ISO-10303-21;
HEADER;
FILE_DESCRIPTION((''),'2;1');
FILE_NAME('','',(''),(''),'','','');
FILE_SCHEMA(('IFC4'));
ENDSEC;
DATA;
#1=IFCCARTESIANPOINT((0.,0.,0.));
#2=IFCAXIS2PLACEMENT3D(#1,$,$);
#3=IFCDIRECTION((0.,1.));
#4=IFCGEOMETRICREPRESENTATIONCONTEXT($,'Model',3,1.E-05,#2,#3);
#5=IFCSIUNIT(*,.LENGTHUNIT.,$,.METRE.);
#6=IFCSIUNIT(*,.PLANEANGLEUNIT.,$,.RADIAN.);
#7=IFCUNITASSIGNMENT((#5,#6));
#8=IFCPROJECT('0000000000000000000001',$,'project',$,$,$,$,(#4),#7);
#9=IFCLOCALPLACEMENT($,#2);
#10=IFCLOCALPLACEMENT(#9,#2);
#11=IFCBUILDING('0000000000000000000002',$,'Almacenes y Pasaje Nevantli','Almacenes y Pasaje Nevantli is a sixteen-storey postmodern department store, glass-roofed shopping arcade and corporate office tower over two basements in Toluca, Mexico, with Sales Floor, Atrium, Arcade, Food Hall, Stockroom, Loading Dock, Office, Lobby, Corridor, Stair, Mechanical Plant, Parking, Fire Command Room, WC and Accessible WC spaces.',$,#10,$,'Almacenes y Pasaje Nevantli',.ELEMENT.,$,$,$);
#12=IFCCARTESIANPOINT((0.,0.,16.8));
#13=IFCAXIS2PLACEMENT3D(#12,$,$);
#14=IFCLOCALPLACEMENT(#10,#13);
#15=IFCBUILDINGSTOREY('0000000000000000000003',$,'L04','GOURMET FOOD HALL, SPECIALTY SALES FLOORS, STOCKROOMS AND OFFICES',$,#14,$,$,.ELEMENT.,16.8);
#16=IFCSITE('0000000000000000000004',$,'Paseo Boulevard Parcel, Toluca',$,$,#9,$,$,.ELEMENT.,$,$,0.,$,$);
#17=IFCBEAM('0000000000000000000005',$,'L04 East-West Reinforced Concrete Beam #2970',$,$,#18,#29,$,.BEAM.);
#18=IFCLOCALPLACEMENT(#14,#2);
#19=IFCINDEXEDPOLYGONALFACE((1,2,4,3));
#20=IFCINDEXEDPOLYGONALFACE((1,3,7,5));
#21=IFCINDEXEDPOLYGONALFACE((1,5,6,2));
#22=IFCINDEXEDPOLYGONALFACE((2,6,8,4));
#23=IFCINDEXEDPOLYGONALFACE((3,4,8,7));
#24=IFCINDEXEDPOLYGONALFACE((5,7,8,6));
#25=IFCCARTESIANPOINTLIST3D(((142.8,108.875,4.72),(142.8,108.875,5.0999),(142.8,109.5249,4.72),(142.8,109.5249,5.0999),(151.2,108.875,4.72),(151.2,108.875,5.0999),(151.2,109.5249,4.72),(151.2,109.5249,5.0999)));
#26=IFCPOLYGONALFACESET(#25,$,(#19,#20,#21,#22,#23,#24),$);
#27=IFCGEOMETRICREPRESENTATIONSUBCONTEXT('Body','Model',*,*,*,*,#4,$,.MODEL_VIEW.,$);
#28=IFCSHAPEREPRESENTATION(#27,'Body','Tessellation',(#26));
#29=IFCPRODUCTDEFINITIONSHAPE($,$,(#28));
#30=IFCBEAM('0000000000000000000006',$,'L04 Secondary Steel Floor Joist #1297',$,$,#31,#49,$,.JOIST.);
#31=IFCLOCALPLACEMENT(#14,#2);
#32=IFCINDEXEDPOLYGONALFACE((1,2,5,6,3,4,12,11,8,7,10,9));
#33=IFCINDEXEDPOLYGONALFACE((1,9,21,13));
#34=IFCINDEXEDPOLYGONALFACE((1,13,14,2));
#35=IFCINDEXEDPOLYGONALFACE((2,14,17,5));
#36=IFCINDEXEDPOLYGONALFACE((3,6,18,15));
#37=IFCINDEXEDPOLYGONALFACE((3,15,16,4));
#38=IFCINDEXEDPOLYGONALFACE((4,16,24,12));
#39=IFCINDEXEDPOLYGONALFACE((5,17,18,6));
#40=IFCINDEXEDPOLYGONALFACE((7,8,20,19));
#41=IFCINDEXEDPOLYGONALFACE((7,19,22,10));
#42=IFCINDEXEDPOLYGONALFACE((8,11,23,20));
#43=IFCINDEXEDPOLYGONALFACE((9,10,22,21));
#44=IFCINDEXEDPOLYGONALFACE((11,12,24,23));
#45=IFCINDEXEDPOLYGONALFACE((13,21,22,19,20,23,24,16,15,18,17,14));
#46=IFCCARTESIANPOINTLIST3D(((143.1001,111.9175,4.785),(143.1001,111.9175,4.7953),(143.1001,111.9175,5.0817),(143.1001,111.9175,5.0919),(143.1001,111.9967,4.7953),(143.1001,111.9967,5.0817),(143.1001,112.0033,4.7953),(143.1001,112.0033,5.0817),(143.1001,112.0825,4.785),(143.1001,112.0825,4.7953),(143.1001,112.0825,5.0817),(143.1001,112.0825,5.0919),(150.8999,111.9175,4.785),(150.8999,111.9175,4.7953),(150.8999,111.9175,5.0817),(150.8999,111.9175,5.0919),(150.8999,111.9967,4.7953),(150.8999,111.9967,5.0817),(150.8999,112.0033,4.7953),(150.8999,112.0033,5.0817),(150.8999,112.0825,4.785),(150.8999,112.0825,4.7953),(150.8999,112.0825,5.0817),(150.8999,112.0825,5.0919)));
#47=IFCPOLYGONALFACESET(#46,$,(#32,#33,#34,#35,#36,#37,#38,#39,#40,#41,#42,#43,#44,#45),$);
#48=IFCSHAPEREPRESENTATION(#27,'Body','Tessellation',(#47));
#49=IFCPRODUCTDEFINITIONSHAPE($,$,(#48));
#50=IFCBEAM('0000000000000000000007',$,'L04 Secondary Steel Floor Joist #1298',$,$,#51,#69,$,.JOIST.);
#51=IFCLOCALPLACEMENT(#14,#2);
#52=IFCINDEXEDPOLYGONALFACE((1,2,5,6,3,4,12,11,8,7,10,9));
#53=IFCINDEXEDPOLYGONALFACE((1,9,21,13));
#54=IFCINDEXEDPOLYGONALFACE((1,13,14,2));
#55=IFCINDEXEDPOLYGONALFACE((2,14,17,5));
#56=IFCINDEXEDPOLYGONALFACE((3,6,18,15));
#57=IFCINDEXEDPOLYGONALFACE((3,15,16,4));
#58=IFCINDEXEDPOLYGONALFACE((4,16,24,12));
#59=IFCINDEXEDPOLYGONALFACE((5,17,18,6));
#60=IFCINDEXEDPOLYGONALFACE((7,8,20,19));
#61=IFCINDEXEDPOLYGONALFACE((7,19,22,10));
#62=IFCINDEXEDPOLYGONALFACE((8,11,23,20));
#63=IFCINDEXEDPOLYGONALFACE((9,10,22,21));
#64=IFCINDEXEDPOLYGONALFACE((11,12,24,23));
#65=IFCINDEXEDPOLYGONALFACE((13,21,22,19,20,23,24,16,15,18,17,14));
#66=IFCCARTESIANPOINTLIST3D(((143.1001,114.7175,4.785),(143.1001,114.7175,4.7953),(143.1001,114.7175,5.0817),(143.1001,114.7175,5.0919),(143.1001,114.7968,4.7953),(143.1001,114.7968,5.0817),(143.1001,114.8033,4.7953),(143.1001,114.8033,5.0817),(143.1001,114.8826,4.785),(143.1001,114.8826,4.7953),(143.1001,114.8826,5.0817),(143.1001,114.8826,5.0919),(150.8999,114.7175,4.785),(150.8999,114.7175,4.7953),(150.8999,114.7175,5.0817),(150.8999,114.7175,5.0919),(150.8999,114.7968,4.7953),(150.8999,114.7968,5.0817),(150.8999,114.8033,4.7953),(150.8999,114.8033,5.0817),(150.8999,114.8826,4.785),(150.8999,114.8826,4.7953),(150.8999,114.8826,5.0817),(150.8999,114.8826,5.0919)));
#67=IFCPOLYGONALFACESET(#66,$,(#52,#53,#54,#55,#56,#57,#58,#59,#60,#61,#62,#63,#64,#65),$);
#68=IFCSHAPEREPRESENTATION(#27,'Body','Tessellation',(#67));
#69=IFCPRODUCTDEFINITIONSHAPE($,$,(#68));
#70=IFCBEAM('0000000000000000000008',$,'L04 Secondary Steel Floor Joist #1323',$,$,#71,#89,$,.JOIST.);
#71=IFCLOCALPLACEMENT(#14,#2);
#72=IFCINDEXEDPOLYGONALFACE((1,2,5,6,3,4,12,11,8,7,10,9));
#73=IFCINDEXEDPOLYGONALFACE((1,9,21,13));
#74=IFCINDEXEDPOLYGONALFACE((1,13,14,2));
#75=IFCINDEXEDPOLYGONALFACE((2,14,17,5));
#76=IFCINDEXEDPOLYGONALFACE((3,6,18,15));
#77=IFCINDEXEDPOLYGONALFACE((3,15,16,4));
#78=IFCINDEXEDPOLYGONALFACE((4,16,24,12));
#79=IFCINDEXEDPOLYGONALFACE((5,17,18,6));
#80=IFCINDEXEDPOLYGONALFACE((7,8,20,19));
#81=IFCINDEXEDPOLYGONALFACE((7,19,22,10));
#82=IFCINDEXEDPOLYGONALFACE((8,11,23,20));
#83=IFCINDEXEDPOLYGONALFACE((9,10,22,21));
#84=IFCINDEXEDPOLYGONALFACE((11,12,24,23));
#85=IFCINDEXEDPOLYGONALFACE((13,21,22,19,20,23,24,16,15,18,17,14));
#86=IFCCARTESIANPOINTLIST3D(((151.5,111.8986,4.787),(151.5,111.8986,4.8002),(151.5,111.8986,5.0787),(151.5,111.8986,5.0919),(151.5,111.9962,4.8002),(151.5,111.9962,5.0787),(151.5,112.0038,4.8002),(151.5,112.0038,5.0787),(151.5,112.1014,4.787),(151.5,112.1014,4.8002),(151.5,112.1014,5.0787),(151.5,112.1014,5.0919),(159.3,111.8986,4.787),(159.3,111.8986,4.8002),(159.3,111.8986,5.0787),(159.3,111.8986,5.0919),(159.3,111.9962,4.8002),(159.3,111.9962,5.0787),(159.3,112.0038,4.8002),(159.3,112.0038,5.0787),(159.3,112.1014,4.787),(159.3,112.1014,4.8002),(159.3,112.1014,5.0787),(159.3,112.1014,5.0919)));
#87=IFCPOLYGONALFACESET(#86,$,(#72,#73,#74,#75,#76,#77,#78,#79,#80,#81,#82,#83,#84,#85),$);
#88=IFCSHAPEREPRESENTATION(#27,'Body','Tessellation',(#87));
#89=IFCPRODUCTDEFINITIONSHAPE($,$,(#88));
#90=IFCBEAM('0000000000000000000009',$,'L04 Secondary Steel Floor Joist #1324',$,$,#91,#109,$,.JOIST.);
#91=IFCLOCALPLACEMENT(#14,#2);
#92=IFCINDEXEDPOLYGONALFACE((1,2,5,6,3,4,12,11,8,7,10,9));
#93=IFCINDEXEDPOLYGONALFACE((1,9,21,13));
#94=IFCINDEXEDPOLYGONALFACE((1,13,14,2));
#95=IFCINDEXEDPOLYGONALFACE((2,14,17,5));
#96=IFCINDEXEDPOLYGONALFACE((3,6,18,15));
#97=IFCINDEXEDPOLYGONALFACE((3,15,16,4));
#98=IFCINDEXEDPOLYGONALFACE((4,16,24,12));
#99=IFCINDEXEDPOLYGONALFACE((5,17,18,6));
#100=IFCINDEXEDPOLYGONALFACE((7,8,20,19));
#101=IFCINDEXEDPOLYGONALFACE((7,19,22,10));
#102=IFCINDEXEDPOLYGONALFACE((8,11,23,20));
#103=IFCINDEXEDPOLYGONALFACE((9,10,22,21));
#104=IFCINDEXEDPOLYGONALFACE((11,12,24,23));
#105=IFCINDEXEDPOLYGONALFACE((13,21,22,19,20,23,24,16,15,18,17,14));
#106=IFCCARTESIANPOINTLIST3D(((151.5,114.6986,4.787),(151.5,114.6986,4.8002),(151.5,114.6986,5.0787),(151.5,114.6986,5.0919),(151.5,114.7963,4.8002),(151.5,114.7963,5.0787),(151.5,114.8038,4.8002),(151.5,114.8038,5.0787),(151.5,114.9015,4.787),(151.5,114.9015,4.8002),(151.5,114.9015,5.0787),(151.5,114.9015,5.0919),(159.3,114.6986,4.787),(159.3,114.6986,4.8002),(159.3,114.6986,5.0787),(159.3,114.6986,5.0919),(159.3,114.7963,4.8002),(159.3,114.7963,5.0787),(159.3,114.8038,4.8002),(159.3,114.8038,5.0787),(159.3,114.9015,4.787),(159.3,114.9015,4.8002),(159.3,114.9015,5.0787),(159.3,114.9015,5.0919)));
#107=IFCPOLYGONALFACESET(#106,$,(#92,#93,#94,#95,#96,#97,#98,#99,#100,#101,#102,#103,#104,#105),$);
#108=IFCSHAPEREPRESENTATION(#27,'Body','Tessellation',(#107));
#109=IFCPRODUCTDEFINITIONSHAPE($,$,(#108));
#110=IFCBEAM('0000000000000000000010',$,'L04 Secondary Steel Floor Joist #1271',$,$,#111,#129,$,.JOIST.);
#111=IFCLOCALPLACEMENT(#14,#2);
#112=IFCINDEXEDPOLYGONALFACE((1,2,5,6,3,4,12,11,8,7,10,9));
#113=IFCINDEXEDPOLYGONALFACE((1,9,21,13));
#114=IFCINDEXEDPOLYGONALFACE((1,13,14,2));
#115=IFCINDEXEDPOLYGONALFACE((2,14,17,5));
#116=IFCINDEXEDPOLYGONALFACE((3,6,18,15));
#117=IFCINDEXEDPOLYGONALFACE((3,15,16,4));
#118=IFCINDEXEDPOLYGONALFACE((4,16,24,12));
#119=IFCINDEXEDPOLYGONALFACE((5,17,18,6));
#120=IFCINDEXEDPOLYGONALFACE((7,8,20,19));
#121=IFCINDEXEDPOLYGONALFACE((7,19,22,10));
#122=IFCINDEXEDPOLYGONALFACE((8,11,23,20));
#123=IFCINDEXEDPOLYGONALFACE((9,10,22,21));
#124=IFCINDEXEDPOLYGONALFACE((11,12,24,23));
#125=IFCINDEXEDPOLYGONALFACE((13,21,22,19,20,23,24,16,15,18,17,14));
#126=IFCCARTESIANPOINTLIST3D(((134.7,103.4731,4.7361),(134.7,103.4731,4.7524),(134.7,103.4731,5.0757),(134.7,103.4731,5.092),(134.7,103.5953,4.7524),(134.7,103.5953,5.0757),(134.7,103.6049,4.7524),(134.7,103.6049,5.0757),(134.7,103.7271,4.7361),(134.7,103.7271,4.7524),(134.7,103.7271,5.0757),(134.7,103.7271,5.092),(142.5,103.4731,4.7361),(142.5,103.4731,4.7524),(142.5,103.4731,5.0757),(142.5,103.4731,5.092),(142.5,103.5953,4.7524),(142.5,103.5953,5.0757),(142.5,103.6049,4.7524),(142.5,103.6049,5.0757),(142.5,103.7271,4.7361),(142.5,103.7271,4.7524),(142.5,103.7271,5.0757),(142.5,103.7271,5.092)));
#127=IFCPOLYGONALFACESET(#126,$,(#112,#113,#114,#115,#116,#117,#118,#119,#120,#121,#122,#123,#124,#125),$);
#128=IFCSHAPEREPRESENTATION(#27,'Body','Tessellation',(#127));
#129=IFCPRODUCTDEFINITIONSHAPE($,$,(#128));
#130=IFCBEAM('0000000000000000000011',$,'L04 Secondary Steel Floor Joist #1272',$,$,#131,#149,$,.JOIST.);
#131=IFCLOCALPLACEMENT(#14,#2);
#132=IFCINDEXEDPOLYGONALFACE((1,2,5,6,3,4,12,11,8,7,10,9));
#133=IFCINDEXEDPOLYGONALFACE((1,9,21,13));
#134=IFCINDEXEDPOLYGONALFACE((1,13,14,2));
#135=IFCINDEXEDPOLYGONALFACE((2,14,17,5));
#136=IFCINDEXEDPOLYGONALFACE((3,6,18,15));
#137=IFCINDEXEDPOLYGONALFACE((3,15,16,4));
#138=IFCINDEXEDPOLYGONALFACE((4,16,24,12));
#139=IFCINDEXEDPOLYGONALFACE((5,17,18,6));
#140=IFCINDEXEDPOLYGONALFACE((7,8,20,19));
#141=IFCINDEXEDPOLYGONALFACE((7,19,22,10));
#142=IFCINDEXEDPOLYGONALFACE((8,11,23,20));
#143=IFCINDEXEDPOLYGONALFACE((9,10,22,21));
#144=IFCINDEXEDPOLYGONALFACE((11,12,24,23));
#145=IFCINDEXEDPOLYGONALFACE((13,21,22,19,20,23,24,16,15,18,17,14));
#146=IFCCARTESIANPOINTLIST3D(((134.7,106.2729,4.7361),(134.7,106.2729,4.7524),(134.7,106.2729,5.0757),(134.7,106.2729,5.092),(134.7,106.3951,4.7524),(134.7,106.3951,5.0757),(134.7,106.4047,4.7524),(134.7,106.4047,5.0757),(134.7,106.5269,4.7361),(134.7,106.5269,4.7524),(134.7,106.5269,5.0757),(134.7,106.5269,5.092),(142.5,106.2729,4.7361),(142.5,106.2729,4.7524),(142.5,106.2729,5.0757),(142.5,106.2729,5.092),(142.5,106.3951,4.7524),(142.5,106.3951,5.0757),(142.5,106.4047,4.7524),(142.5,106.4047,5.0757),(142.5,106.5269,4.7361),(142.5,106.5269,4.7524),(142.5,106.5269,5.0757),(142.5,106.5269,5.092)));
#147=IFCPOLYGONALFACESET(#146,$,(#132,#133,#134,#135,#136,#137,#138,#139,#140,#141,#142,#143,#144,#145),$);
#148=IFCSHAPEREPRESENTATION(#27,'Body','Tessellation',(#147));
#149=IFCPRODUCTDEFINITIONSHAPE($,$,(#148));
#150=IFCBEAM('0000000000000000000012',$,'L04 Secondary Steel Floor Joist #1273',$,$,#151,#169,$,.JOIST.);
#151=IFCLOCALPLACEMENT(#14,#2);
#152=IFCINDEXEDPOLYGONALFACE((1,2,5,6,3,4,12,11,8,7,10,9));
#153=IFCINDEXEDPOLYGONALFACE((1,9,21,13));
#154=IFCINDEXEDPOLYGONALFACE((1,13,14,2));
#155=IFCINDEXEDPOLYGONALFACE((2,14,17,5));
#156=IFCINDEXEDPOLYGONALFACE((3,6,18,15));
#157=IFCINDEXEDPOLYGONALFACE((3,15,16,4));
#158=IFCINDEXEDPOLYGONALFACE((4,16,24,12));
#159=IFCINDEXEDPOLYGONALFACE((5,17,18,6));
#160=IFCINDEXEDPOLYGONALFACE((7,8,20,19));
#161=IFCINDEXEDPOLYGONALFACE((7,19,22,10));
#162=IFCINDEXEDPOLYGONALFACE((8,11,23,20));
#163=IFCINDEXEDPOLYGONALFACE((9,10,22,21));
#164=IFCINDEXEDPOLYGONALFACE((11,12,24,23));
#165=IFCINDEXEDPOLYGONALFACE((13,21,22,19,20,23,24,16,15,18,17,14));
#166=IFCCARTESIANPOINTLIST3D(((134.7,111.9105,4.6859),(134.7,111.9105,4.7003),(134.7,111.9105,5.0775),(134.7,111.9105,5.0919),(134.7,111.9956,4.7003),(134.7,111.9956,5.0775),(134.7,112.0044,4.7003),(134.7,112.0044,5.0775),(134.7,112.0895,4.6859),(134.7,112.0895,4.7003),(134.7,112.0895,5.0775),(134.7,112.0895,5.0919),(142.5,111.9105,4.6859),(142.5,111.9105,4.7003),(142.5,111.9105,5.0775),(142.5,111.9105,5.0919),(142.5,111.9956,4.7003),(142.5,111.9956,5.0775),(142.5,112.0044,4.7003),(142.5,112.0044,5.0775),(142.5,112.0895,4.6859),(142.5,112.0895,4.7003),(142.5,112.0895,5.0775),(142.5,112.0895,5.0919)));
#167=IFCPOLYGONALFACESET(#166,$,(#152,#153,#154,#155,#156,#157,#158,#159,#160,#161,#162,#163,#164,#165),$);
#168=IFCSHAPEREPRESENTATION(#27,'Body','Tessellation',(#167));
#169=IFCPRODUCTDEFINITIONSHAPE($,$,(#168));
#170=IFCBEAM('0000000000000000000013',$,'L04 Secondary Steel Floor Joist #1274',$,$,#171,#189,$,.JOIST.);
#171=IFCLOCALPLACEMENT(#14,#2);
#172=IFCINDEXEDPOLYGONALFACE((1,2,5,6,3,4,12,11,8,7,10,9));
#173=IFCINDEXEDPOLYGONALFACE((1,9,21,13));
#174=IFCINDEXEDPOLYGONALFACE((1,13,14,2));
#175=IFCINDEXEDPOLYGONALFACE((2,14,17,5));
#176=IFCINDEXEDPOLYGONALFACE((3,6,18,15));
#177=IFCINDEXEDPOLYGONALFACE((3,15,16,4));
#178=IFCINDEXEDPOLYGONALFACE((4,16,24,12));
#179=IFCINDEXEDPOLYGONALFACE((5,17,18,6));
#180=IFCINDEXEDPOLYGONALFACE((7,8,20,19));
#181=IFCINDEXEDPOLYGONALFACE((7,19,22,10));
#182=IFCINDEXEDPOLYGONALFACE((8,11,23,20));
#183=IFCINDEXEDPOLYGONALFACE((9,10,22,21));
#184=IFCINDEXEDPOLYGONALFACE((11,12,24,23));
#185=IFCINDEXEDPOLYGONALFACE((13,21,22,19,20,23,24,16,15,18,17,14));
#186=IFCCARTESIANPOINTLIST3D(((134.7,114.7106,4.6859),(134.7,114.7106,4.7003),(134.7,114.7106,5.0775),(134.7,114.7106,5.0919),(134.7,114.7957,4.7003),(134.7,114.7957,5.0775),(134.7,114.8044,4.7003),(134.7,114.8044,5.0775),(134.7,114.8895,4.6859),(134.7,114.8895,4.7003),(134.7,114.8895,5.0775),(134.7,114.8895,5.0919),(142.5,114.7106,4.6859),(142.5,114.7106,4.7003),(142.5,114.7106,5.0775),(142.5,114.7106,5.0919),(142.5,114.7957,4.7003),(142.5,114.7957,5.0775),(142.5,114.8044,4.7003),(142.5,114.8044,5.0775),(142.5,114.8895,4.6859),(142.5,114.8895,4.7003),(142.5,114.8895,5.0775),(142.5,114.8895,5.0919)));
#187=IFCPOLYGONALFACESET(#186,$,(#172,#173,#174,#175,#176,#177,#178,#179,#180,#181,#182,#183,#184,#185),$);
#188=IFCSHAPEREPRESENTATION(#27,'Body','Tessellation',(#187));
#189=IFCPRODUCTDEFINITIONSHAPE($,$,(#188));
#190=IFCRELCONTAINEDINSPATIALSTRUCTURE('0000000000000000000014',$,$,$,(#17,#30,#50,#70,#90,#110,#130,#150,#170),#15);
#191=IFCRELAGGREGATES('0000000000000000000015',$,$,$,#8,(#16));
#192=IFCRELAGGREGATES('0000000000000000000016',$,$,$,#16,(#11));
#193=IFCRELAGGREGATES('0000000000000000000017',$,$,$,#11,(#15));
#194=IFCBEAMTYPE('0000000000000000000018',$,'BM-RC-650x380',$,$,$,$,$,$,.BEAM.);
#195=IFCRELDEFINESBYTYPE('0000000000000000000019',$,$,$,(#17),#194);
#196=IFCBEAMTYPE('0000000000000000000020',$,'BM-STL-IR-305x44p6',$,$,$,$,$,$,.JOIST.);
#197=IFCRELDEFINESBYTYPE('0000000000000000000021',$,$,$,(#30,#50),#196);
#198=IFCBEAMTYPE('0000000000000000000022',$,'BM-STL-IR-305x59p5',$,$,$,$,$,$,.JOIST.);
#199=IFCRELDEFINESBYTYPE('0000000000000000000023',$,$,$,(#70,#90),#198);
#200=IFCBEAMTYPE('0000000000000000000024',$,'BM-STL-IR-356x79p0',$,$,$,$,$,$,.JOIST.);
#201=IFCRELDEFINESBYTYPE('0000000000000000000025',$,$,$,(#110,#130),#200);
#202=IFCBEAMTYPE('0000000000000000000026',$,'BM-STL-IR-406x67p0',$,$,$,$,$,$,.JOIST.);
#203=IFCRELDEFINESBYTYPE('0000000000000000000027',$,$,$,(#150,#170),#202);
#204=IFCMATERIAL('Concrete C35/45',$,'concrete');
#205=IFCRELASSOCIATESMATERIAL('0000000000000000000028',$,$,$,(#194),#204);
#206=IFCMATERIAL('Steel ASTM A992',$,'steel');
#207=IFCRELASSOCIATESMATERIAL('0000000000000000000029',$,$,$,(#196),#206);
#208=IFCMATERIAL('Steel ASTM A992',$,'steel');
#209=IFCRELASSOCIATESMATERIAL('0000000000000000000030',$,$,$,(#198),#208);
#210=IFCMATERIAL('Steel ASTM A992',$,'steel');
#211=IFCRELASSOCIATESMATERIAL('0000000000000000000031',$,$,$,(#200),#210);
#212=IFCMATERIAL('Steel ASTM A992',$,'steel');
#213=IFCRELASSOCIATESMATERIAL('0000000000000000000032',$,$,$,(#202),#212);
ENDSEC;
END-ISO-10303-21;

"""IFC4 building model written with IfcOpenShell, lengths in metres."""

from ifc_helpers import new_model, si_unit, direction, frame, origin, origin_2d, place, context, subcontext, project, spatial, rectangle, i_section, extrude, material, material_profile, profile_set, type_object, element, save


model = new_model("IFC4")

# Units and contexts
model_context = context("Model", 3, precision=1e-05, world=origin(), true_north=direction((0.0, 1.0)))
body_context = subcontext(model_context, "Body", "Model", "MODEL_VIEW")
ifc_project = project(units=[si_unit("LENGTHUNIT", "METRE"), si_unit("PLANEANGLEUNIT", "RADIAN")], contexts=[model_context])

# Site, building, storey
site_placement = place(None, origin())
site = spatial("IfcSite", under=ifc_project, at=site_placement, Name="Paseo Boulevard Parcel, Toluca", CompositionType="ELEMENT", RefElevation=0.0)
building_placement = place(site_placement, origin())
building = spatial("IfcBuilding", under=site, at=building_placement, Name="Almacenes y Pasaje Nevantli", Description="Almacenes y Pasaje Nevantli is a sixteen-storey postmodern department store, glass-roofed shopping arcade and corporate office tower over two basements in Toluca, Mexico, with Sales Floor, Atrium, Arcade, Food Hall, Stockroom, Loading Dock, Office, Lobby, Corridor, Stair, Mechanical Plant, Parking, Fire Command Room, WC and Accessible WC spaces.", LongName="Almacenes y Pasaje Nevantli", CompositionType="ELEMENT")
storey_placement = place(building_placement, frame((0.0, 0.0, 16.8)))
storey = spatial("IfcBuildingStorey", under=building, at=storey_placement, Name="L04", Description="GOURMET FOOD HALL, SPECIALTY SALES FLOORS, STOCKROOMS AND OFFICES", CompositionType="ELEMENT", Elevation=16.8)

# Beams
ifc_material_1 = material(Name="Concrete C35/45", Category="concrete")
ifc_material_profile_1 = material_profile(ifc_material_1, rectangle(XDim=0.6499, YDim=0.3799, at=origin_2d()), Name="RC-BM-650x380")
ifc_profile_set_1 = profile_set([ifc_material_profile_1], Name="Concrete C35/45")
beam_type_1 = type_object("IfcBeamType", Name="BM-RC-650x380", PredefinedType="BEAM", material=ifc_profile_set_1)
beam_1_placement = place(storey_placement, frame((142.8, 109.2, 4.9099), z_axis=(1.0, 0.0, 0.0), x_axis=(0.0, 1.0, 0.0)))
element("IfcBeam", 1, at=beam_1_placement, inside=storey, type_object=beam_type_1, Name="L04 East-West Reinforced Concrete Beam #2970", PredefinedType="BEAM", context=body_context, shape_type="SweptSolid", body=[
    extrude(rectangle(XDim=0.6499, YDim=0.3799, at=origin_2d()), origin(), (0.0, 0.0, 1.0), 8.3999),
])
ifc_material_2 = material(Name="Steel ASTM A992", Category="steel")
ifc_material_profile_2 = material_profile(ifc_material_2, i_section(OverallWidth=0.165, OverallDepth=0.3069, WebThickness=0.0066, FlangeThickness=0.0103, at=origin_2d()), Name="IR 305x44.6")
ifc_profile_set_2 = profile_set([ifc_material_profile_2], Name="Steel ASTM A992")
beam_type_2 = type_object("IfcBeamType", Name="BM-STL-IR-305x44p6", PredefinedType="JOIST", material=ifc_profile_set_2)
for number, where, z_axis, x_axis, name in (
    (2, (143.1001, 112.0, 4.9385), (1.0, 0.0, 0.0), (0.0, 1.0, 0.0), "L04 Secondary Steel Floor Joist #1297"),
    (3, (143.1001, 114.8, 4.9385), (1.0, 0.0, 0.0), (0.0, 1.0, 0.0), "L04 Secondary Steel Floor Joist #1298"),
):
    element("IfcBeam", number, at=place(storey_placement, frame(where, z_axis=z_axis, x_axis=x_axis)), inside=storey, type_object=beam_type_2, Name=name, PredefinedType="JOIST", context=body_context, shape_type="SweptSolid", body=[
        extrude(i_section(OverallWidth=0.165, OverallDepth=0.3069, WebThickness=0.0066, FlangeThickness=0.0103, at=origin_2d()), origin(), (0.0, 0.0, 1.0), 7.7998),
    ])
ifc_material_3 = material(Name="Steel ASTM A992", Category="steel")
ifc_material_profile_3 = material_profile(ifc_material_3, i_section(OverallWidth=0.2029, OverallDepth=0.3049, WebThickness=0.0076, FlangeThickness=0.0132, at=origin_2d()), Name="IR 305x59.5")
ifc_profile_set_3 = profile_set([ifc_material_profile_3], Name="Steel ASTM A992")
beam_type_3 = type_object("IfcBeamType", Name="BM-STL-IR-305x59p5", PredefinedType="JOIST", material=ifc_profile_set_3)
for number, where, z_axis, x_axis, name in (
    (4, (151.5, 112.0, 4.9395), (1.0, 0.0, 0.0), (0.0, 1.0, 0.0), "L04 Secondary Steel Floor Joist #1323"),
    (5, (151.5, 114.8, 4.9395), (1.0, 0.0, 0.0), (0.0, 1.0, 0.0), "L04 Secondary Steel Floor Joist #1324"),
):
    element("IfcBeam", number, at=place(storey_placement, frame(where, z_axis=z_axis, x_axis=x_axis)), inside=storey, type_object=beam_type_3, Name=name, PredefinedType="JOIST", context=body_context, shape_type="SweptSolid", body=[
        extrude(i_section(OverallWidth=0.2029, OverallDepth=0.3049, WebThickness=0.0076, FlangeThickness=0.0132, at=origin_2d()), origin(), (0.0, 0.0, 1.0), 7.8),
    ])
ifc_material_4 = material(Name="Steel ASTM A992", Category="steel")
ifc_material_profile_4 = material_profile(ifc_material_4, i_section(OverallWidth=0.2539, OverallDepth=0.356, WebThickness=0.0095, FlangeThickness=0.0164, at=origin_2d()), Name="IR 356x79.0")
ifc_profile_set_4 = profile_set([ifc_material_profile_4], Name="Steel ASTM A992")
beam_type_4 = type_object("IfcBeamType", Name="BM-STL-IR-356x79p0", PredefinedType="JOIST", material=ifc_profile_set_4)
for number, where, z_axis, x_axis, name in (
    (6, (134.7, 103.6001, 4.9141), (1.0, 0.0, 0.0), (0.0, 1.0, 0.0), "L04 Secondary Steel Floor Joist #1271"),
    (7, (134.7, 106.3999, 4.9141), (1.0, 0.0, 0.0), (0.0, 1.0, 0.0), "L04 Secondary Steel Floor Joist #1272"),
):
    element("IfcBeam", number, at=place(storey_placement, frame(where, z_axis=z_axis, x_axis=x_axis)), inside=storey, type_object=beam_type_4, Name=name, PredefinedType="JOIST", context=body_context, shape_type="SweptSolid", body=[
        extrude(i_section(OverallWidth=0.2539, OverallDepth=0.356, WebThickness=0.0095, FlangeThickness=0.0164, at=origin_2d()), origin(), (0.0, 0.0, 1.0), 7.8),
    ])
ifc_material_5 = material(Name="Steel ASTM A992", Category="steel")
ifc_material_profile_5 = material_profile(ifc_material_5, i_section(OverallWidth=0.179, OverallDepth=0.406, WebThickness=0.0088, FlangeThickness=0.0144, at=origin_2d()), Name="IR 406x67.0")
ifc_profile_set_5 = profile_set([ifc_material_profile_5], Name="Steel ASTM A992")
beam_type_5 = type_object("IfcBeamType", Name="BM-STL-IR-406x67p0", PredefinedType="JOIST", material=ifc_profile_set_5)
for number, where, z_axis, x_axis, name in (
    (8, (134.7, 112.0, 4.8889), (1.0, 0.0, 0.0), (0.0, 1.0, 0.0), "L04 Secondary Steel Floor Joist #1273"),
    (9, (134.7, 114.8, 4.8889), (1.0, 0.0, 0.0), (0.0, 1.0, 0.0), "L04 Secondary Steel Floor Joist #1274"),
):
    element("IfcBeam", number, at=place(storey_placement, frame(where, z_axis=z_axis, x_axis=x_axis)), inside=storey, type_object=beam_type_5, Name=name, PredefinedType="JOIST", context=body_context, shape_type="SweptSolid", body=[
        extrude(i_section(OverallWidth=0.179, OverallDepth=0.406, WebThickness=0.0088, FlangeThickness=0.0144, at=origin_2d()), origin(), (0.0, 0.0, 1.0), 7.8),
    ])

save(model, "model.ifc")
